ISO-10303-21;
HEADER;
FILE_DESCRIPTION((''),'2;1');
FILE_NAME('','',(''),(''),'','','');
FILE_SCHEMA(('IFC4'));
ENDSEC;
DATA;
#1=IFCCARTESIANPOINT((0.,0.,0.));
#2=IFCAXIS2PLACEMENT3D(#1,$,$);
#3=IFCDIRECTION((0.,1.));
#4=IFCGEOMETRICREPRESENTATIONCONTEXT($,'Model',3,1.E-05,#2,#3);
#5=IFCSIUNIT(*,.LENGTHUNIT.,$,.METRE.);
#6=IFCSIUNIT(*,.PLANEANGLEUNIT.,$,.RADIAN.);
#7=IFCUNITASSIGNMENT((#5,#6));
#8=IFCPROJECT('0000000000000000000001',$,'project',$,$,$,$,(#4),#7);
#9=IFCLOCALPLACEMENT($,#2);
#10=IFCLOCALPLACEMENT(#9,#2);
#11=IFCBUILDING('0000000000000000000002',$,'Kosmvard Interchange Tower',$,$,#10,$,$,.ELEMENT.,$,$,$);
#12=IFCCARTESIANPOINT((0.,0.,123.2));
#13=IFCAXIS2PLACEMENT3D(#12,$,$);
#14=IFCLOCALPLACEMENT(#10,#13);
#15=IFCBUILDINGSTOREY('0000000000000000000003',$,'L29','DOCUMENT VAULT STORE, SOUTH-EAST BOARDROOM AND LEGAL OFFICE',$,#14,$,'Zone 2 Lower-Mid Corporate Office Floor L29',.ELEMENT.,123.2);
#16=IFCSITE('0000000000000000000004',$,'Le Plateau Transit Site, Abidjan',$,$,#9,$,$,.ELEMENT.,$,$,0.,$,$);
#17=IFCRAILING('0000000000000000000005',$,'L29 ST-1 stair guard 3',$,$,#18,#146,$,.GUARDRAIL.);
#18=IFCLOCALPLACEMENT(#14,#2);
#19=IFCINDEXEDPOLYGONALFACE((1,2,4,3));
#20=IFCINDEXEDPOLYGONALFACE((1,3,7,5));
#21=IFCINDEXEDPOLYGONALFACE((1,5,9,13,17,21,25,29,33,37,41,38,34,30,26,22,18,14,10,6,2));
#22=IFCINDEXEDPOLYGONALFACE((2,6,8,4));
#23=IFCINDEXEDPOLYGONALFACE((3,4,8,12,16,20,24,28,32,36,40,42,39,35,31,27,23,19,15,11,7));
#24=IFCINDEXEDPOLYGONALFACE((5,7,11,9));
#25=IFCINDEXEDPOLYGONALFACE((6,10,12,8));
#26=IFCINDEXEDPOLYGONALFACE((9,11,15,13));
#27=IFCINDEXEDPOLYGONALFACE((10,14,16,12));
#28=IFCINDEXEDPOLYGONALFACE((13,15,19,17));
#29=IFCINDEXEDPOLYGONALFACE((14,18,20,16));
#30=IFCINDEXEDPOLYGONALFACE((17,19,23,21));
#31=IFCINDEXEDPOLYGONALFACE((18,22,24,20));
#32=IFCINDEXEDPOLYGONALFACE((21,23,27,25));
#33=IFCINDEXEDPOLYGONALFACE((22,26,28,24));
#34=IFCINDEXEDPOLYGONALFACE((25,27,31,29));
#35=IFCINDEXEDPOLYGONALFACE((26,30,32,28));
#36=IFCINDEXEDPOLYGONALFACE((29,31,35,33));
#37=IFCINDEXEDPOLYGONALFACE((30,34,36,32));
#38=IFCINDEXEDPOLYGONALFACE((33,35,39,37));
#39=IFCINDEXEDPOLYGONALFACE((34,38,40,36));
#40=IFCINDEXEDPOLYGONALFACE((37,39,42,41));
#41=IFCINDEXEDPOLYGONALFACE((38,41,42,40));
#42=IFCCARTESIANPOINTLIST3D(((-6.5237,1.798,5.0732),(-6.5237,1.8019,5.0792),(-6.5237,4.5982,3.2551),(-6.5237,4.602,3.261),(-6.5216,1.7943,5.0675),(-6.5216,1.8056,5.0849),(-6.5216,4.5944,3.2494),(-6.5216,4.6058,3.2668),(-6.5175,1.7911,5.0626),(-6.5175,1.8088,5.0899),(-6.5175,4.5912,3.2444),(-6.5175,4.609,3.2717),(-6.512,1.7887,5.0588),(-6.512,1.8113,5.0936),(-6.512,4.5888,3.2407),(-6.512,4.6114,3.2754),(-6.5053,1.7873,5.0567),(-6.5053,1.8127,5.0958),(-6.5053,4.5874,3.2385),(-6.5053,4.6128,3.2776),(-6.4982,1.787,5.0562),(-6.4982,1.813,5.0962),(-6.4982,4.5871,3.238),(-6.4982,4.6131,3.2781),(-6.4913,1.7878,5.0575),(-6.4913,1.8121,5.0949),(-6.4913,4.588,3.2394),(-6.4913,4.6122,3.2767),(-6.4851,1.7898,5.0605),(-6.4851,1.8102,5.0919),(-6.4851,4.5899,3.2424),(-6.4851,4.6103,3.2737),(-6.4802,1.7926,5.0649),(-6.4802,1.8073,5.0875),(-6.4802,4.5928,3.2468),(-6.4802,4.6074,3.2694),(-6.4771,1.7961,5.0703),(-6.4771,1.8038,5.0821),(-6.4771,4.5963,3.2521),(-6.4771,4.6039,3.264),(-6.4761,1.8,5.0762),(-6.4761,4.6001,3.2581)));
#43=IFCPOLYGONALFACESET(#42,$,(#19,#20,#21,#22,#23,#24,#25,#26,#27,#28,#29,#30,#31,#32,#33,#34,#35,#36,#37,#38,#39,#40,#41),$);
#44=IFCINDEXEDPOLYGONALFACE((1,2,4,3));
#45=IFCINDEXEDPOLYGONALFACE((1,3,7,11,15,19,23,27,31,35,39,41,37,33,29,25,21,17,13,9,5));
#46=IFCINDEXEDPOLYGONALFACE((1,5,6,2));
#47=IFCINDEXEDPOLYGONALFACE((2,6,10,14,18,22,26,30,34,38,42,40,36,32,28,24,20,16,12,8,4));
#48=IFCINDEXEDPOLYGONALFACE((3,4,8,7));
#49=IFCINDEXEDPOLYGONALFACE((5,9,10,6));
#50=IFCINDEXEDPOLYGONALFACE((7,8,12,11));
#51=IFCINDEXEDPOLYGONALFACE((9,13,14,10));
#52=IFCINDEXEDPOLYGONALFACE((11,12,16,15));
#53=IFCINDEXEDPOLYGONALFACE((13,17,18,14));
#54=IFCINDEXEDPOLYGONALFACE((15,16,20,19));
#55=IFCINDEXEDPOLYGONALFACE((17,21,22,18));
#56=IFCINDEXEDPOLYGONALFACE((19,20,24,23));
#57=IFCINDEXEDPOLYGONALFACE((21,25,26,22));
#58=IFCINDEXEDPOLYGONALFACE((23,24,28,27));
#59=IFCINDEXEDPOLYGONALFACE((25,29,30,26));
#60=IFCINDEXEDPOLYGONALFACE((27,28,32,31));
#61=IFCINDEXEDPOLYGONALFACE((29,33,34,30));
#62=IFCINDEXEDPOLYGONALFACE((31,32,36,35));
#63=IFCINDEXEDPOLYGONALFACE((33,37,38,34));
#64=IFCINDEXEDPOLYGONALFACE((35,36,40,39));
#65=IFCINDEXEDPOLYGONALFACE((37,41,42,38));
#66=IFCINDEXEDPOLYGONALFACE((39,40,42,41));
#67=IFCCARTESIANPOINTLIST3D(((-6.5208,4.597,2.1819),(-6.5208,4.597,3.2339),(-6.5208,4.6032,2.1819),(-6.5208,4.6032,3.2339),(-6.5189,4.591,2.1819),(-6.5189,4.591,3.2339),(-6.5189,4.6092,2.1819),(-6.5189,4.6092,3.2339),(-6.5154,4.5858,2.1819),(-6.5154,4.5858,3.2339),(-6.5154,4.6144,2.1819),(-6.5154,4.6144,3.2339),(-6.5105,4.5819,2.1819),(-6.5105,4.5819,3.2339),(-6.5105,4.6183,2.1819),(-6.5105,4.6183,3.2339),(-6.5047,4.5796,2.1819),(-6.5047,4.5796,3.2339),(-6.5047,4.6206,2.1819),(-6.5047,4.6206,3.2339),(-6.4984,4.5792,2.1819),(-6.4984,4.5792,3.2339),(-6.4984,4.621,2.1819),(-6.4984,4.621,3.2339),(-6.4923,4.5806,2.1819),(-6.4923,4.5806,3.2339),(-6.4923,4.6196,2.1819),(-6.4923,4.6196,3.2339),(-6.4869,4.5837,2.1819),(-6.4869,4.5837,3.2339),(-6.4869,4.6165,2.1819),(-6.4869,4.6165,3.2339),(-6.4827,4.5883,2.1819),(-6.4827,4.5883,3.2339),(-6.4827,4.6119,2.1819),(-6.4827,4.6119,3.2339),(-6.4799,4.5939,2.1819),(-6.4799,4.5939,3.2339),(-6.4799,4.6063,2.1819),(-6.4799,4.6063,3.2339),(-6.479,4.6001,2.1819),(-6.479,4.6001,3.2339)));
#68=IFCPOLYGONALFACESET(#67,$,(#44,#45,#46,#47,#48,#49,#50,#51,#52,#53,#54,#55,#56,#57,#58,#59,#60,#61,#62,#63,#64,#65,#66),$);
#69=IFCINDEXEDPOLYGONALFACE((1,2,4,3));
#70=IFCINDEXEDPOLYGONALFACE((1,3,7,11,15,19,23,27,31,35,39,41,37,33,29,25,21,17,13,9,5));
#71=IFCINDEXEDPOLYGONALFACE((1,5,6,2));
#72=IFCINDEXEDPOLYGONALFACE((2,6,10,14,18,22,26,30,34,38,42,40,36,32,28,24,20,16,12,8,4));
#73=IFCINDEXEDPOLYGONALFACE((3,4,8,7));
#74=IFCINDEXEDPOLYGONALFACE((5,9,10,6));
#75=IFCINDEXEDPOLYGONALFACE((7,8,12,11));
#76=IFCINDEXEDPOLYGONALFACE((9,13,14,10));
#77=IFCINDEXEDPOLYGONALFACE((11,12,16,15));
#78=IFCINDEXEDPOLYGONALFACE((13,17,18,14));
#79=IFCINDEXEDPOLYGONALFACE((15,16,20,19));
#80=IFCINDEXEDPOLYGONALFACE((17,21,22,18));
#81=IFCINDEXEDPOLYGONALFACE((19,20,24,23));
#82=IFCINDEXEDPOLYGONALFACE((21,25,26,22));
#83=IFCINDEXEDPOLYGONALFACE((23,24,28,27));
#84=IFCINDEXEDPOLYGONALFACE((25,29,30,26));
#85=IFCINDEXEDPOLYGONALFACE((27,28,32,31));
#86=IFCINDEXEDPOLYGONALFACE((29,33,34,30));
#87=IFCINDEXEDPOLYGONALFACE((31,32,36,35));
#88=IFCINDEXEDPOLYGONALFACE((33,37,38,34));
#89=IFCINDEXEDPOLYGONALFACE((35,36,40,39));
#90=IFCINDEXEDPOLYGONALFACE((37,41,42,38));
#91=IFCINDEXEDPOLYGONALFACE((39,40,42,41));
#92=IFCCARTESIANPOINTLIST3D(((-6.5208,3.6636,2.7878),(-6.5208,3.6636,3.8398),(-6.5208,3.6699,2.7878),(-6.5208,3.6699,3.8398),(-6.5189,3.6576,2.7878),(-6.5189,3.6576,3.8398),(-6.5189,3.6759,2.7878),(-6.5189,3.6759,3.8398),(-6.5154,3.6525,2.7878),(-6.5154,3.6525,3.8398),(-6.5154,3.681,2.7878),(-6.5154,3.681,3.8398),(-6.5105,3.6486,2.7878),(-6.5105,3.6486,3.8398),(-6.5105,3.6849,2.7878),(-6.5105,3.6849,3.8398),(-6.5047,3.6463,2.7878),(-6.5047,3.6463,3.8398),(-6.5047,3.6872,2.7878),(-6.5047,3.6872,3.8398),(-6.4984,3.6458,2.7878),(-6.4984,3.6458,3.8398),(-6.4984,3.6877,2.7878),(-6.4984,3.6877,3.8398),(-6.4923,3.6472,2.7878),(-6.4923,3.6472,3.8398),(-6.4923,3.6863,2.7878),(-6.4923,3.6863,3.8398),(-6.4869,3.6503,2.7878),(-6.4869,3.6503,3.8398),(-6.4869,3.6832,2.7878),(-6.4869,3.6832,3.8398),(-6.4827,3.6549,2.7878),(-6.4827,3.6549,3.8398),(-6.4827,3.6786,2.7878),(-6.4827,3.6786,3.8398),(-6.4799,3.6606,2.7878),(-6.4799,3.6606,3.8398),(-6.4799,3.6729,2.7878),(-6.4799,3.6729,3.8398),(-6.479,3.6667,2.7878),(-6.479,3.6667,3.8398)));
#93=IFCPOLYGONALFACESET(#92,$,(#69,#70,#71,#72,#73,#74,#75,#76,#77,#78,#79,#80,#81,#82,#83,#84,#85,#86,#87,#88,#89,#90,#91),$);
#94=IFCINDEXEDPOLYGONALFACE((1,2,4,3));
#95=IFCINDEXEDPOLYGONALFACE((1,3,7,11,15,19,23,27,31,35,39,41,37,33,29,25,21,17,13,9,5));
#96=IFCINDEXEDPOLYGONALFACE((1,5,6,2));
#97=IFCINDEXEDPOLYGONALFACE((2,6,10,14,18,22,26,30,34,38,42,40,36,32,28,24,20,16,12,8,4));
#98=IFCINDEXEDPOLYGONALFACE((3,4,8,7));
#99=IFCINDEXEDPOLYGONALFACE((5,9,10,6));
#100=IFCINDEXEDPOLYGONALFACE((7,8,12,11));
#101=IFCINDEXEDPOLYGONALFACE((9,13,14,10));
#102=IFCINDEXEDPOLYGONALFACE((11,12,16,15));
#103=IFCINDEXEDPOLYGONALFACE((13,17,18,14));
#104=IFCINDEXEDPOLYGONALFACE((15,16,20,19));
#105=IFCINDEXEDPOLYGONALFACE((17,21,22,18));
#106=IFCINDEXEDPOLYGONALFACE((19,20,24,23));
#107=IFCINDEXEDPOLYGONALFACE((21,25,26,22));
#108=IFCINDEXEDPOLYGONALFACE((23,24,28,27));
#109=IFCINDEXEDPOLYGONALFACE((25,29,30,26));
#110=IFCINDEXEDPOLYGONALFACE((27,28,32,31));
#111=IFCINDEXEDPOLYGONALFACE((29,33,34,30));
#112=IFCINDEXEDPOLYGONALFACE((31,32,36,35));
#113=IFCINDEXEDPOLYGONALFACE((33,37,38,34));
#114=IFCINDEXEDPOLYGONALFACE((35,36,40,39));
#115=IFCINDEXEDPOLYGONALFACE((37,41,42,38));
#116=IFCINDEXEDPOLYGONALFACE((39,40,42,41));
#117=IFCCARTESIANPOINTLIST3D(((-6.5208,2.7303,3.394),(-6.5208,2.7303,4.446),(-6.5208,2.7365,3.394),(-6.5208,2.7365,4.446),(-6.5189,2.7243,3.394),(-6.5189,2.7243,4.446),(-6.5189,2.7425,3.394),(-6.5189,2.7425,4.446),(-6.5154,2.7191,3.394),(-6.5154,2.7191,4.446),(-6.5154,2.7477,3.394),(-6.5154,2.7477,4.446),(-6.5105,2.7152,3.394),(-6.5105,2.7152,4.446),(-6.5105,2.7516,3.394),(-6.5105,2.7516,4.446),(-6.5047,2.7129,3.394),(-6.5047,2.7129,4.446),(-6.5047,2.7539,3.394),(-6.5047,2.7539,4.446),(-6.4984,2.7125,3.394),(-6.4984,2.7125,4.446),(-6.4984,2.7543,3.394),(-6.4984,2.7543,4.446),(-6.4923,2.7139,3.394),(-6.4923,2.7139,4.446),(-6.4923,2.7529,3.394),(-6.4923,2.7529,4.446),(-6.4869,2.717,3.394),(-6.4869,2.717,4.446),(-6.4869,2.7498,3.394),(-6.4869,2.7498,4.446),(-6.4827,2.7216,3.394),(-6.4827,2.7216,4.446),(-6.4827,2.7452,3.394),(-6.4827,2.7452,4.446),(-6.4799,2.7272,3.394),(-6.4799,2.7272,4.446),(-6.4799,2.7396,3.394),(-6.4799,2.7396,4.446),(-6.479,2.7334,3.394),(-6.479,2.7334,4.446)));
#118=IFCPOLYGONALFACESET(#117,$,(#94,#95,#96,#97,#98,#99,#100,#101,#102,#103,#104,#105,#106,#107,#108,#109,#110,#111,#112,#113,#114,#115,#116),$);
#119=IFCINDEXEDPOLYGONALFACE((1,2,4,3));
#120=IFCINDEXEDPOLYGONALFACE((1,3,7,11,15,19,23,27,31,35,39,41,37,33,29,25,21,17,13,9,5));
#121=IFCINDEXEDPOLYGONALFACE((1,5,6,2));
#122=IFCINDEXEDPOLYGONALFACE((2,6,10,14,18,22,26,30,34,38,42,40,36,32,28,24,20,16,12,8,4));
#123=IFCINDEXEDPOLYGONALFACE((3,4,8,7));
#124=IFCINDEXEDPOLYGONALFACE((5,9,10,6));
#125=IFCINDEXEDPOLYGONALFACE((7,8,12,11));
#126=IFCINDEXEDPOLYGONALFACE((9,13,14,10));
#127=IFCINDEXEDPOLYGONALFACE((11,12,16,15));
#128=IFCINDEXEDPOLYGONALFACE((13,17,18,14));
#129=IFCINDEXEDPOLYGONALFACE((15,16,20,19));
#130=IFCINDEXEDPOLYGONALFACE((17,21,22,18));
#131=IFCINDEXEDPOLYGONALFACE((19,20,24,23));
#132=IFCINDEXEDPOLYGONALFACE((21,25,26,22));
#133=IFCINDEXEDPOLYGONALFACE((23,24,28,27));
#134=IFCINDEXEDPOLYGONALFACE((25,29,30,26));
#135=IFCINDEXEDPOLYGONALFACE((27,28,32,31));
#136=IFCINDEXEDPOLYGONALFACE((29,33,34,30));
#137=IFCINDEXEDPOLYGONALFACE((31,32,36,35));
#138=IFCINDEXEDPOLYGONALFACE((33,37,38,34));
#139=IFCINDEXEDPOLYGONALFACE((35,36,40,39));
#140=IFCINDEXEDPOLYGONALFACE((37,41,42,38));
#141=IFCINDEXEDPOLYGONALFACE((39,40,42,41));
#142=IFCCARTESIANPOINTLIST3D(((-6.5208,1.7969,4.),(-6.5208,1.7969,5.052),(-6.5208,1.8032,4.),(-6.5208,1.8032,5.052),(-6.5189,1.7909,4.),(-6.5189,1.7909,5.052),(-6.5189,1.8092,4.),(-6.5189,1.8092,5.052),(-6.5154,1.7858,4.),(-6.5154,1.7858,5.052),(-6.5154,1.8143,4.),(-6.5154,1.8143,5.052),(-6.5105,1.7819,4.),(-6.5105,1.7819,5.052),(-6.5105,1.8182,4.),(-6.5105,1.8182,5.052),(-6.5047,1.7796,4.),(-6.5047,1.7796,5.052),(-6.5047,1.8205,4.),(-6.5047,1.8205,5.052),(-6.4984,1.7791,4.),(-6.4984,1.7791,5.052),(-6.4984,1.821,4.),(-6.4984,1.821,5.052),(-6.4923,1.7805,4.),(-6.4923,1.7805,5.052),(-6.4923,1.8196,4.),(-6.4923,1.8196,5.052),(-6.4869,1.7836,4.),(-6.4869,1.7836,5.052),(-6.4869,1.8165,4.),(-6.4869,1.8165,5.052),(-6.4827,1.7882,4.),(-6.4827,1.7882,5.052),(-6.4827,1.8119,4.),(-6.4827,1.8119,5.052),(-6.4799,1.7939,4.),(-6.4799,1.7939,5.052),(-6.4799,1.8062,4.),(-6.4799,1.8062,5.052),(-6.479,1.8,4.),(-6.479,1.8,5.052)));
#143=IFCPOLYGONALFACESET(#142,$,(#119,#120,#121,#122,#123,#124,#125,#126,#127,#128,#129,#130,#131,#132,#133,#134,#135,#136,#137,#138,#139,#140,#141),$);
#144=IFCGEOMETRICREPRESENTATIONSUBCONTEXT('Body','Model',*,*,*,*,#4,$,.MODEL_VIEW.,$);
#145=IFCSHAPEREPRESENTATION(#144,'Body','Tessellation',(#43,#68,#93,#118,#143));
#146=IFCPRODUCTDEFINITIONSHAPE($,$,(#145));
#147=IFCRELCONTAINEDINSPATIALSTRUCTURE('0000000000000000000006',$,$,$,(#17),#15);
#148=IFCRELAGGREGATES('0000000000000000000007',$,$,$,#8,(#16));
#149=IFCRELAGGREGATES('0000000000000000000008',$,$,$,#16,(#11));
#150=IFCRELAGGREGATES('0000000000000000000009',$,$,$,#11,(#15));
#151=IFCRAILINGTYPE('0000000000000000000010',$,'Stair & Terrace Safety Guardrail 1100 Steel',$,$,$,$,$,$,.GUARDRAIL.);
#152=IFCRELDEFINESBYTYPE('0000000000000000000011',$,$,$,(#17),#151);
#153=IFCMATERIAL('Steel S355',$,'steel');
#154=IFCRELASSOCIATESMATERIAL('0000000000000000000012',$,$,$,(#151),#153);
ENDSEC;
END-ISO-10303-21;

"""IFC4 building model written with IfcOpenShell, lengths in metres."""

from ifc_helpers import new_model, si_unit, direction, frame, origin, origin_2d, place, context, subcontext, project, spatial, circle, extrude, source, transform, mapped, material, type_object, element, save


model = new_model("IFC4")

# Units and contexts
model_context = context("Model", 3, precision=1e-05, world=origin(), true_north=direction((0.0, 1.0)))
body_context = subcontext(model_context, "Body", "Model", "MODEL_VIEW")
ifc_project = project(units=[si_unit("LENGTHUNIT", "METRE"), si_unit("PLANEANGLEUNIT", "RADIAN")], contexts=[model_context])

# Site, building, storey
site_placement = place(None, origin())
site = spatial("IfcSite", under=ifc_project, at=site_placement, Name="Le Plateau Transit Site, Abidjan", CompositionType="ELEMENT", RefElevation=0.0)
building_placement = place(site_placement, origin())
building = spatial("IfcBuilding", under=site, at=building_placement, Name="Kosmvard Interchange Tower", CompositionType="ELEMENT")
storey_placement = place(building_placement, frame((0.0, 0.0, 123.2)))
storey = spatial("IfcBuildingStorey", under=building, at=storey_placement, Name="L29", Description="DOCUMENT VAULT STORE, SOUTH-EAST BOARDROOM AND LEGAL OFFICE", LongName="Zone 2 Lower-Mid Corporate Office Floor L29", CompositionType="ELEMENT", Elevation=123.2)

# Shared definitions
ifc_material_1 = material(Name="Steel S355", Category="steel")

# Railing
railing_type_1 = type_object("IfcRailingType", Name="Stair & Terrace Safety Guardrail 1100 Steel", PredefinedType="GUARDRAIL", material=ifc_material_1)
shared_shape_1 = source(origin(), body_context, "Body", "SweptSolid", [
    extrude(circle(Radius=0.0239, at=origin_2d()), frame((0.0, 0.0, 1.0762), z_axis=(0.0, -0.838706, 0.544585), x_axis=(1.0, 0.0, 0.0)), (0.0, 0.0, 1.0), 3.3386),
    extrude(circle(Radius=0.021, at=origin_2d()), origin(), (0.0, 0.0, 1.0), 1.052),
    extrude(circle(Radius=0.021, at=origin_2d()), frame((0.0, -0.9333, 0.606)), (0.0, 0.0, 1.0), 1.052),
    extrude(circle(Radius=0.021, at=origin_2d()), frame((0.0, -1.8667, 1.2122)), (0.0, 0.0, 1.0), 1.052),
    extrude(circle(Radius=0.021, at=origin_2d()), frame((0.0, -2.8, 1.8181)), (0.0, 0.0, 1.0), 1.052),
])
railing_1_placement = place(storey_placement, frame((-6.5, 4.6001, 2.1819)))
element("IfcRailing", 1, at=railing_1_placement, inside=storey, type_object=railing_type_1, Name="L29 ST-1 stair guard 3", PredefinedType="GUARDRAIL", context=body_context, shape_type="MappedRepresentation", body=[
    mapped(shared_shape_1, transform((0.0, 0.0, 0.0), scale=1.0)),
])

save(model, "model.ifc")
